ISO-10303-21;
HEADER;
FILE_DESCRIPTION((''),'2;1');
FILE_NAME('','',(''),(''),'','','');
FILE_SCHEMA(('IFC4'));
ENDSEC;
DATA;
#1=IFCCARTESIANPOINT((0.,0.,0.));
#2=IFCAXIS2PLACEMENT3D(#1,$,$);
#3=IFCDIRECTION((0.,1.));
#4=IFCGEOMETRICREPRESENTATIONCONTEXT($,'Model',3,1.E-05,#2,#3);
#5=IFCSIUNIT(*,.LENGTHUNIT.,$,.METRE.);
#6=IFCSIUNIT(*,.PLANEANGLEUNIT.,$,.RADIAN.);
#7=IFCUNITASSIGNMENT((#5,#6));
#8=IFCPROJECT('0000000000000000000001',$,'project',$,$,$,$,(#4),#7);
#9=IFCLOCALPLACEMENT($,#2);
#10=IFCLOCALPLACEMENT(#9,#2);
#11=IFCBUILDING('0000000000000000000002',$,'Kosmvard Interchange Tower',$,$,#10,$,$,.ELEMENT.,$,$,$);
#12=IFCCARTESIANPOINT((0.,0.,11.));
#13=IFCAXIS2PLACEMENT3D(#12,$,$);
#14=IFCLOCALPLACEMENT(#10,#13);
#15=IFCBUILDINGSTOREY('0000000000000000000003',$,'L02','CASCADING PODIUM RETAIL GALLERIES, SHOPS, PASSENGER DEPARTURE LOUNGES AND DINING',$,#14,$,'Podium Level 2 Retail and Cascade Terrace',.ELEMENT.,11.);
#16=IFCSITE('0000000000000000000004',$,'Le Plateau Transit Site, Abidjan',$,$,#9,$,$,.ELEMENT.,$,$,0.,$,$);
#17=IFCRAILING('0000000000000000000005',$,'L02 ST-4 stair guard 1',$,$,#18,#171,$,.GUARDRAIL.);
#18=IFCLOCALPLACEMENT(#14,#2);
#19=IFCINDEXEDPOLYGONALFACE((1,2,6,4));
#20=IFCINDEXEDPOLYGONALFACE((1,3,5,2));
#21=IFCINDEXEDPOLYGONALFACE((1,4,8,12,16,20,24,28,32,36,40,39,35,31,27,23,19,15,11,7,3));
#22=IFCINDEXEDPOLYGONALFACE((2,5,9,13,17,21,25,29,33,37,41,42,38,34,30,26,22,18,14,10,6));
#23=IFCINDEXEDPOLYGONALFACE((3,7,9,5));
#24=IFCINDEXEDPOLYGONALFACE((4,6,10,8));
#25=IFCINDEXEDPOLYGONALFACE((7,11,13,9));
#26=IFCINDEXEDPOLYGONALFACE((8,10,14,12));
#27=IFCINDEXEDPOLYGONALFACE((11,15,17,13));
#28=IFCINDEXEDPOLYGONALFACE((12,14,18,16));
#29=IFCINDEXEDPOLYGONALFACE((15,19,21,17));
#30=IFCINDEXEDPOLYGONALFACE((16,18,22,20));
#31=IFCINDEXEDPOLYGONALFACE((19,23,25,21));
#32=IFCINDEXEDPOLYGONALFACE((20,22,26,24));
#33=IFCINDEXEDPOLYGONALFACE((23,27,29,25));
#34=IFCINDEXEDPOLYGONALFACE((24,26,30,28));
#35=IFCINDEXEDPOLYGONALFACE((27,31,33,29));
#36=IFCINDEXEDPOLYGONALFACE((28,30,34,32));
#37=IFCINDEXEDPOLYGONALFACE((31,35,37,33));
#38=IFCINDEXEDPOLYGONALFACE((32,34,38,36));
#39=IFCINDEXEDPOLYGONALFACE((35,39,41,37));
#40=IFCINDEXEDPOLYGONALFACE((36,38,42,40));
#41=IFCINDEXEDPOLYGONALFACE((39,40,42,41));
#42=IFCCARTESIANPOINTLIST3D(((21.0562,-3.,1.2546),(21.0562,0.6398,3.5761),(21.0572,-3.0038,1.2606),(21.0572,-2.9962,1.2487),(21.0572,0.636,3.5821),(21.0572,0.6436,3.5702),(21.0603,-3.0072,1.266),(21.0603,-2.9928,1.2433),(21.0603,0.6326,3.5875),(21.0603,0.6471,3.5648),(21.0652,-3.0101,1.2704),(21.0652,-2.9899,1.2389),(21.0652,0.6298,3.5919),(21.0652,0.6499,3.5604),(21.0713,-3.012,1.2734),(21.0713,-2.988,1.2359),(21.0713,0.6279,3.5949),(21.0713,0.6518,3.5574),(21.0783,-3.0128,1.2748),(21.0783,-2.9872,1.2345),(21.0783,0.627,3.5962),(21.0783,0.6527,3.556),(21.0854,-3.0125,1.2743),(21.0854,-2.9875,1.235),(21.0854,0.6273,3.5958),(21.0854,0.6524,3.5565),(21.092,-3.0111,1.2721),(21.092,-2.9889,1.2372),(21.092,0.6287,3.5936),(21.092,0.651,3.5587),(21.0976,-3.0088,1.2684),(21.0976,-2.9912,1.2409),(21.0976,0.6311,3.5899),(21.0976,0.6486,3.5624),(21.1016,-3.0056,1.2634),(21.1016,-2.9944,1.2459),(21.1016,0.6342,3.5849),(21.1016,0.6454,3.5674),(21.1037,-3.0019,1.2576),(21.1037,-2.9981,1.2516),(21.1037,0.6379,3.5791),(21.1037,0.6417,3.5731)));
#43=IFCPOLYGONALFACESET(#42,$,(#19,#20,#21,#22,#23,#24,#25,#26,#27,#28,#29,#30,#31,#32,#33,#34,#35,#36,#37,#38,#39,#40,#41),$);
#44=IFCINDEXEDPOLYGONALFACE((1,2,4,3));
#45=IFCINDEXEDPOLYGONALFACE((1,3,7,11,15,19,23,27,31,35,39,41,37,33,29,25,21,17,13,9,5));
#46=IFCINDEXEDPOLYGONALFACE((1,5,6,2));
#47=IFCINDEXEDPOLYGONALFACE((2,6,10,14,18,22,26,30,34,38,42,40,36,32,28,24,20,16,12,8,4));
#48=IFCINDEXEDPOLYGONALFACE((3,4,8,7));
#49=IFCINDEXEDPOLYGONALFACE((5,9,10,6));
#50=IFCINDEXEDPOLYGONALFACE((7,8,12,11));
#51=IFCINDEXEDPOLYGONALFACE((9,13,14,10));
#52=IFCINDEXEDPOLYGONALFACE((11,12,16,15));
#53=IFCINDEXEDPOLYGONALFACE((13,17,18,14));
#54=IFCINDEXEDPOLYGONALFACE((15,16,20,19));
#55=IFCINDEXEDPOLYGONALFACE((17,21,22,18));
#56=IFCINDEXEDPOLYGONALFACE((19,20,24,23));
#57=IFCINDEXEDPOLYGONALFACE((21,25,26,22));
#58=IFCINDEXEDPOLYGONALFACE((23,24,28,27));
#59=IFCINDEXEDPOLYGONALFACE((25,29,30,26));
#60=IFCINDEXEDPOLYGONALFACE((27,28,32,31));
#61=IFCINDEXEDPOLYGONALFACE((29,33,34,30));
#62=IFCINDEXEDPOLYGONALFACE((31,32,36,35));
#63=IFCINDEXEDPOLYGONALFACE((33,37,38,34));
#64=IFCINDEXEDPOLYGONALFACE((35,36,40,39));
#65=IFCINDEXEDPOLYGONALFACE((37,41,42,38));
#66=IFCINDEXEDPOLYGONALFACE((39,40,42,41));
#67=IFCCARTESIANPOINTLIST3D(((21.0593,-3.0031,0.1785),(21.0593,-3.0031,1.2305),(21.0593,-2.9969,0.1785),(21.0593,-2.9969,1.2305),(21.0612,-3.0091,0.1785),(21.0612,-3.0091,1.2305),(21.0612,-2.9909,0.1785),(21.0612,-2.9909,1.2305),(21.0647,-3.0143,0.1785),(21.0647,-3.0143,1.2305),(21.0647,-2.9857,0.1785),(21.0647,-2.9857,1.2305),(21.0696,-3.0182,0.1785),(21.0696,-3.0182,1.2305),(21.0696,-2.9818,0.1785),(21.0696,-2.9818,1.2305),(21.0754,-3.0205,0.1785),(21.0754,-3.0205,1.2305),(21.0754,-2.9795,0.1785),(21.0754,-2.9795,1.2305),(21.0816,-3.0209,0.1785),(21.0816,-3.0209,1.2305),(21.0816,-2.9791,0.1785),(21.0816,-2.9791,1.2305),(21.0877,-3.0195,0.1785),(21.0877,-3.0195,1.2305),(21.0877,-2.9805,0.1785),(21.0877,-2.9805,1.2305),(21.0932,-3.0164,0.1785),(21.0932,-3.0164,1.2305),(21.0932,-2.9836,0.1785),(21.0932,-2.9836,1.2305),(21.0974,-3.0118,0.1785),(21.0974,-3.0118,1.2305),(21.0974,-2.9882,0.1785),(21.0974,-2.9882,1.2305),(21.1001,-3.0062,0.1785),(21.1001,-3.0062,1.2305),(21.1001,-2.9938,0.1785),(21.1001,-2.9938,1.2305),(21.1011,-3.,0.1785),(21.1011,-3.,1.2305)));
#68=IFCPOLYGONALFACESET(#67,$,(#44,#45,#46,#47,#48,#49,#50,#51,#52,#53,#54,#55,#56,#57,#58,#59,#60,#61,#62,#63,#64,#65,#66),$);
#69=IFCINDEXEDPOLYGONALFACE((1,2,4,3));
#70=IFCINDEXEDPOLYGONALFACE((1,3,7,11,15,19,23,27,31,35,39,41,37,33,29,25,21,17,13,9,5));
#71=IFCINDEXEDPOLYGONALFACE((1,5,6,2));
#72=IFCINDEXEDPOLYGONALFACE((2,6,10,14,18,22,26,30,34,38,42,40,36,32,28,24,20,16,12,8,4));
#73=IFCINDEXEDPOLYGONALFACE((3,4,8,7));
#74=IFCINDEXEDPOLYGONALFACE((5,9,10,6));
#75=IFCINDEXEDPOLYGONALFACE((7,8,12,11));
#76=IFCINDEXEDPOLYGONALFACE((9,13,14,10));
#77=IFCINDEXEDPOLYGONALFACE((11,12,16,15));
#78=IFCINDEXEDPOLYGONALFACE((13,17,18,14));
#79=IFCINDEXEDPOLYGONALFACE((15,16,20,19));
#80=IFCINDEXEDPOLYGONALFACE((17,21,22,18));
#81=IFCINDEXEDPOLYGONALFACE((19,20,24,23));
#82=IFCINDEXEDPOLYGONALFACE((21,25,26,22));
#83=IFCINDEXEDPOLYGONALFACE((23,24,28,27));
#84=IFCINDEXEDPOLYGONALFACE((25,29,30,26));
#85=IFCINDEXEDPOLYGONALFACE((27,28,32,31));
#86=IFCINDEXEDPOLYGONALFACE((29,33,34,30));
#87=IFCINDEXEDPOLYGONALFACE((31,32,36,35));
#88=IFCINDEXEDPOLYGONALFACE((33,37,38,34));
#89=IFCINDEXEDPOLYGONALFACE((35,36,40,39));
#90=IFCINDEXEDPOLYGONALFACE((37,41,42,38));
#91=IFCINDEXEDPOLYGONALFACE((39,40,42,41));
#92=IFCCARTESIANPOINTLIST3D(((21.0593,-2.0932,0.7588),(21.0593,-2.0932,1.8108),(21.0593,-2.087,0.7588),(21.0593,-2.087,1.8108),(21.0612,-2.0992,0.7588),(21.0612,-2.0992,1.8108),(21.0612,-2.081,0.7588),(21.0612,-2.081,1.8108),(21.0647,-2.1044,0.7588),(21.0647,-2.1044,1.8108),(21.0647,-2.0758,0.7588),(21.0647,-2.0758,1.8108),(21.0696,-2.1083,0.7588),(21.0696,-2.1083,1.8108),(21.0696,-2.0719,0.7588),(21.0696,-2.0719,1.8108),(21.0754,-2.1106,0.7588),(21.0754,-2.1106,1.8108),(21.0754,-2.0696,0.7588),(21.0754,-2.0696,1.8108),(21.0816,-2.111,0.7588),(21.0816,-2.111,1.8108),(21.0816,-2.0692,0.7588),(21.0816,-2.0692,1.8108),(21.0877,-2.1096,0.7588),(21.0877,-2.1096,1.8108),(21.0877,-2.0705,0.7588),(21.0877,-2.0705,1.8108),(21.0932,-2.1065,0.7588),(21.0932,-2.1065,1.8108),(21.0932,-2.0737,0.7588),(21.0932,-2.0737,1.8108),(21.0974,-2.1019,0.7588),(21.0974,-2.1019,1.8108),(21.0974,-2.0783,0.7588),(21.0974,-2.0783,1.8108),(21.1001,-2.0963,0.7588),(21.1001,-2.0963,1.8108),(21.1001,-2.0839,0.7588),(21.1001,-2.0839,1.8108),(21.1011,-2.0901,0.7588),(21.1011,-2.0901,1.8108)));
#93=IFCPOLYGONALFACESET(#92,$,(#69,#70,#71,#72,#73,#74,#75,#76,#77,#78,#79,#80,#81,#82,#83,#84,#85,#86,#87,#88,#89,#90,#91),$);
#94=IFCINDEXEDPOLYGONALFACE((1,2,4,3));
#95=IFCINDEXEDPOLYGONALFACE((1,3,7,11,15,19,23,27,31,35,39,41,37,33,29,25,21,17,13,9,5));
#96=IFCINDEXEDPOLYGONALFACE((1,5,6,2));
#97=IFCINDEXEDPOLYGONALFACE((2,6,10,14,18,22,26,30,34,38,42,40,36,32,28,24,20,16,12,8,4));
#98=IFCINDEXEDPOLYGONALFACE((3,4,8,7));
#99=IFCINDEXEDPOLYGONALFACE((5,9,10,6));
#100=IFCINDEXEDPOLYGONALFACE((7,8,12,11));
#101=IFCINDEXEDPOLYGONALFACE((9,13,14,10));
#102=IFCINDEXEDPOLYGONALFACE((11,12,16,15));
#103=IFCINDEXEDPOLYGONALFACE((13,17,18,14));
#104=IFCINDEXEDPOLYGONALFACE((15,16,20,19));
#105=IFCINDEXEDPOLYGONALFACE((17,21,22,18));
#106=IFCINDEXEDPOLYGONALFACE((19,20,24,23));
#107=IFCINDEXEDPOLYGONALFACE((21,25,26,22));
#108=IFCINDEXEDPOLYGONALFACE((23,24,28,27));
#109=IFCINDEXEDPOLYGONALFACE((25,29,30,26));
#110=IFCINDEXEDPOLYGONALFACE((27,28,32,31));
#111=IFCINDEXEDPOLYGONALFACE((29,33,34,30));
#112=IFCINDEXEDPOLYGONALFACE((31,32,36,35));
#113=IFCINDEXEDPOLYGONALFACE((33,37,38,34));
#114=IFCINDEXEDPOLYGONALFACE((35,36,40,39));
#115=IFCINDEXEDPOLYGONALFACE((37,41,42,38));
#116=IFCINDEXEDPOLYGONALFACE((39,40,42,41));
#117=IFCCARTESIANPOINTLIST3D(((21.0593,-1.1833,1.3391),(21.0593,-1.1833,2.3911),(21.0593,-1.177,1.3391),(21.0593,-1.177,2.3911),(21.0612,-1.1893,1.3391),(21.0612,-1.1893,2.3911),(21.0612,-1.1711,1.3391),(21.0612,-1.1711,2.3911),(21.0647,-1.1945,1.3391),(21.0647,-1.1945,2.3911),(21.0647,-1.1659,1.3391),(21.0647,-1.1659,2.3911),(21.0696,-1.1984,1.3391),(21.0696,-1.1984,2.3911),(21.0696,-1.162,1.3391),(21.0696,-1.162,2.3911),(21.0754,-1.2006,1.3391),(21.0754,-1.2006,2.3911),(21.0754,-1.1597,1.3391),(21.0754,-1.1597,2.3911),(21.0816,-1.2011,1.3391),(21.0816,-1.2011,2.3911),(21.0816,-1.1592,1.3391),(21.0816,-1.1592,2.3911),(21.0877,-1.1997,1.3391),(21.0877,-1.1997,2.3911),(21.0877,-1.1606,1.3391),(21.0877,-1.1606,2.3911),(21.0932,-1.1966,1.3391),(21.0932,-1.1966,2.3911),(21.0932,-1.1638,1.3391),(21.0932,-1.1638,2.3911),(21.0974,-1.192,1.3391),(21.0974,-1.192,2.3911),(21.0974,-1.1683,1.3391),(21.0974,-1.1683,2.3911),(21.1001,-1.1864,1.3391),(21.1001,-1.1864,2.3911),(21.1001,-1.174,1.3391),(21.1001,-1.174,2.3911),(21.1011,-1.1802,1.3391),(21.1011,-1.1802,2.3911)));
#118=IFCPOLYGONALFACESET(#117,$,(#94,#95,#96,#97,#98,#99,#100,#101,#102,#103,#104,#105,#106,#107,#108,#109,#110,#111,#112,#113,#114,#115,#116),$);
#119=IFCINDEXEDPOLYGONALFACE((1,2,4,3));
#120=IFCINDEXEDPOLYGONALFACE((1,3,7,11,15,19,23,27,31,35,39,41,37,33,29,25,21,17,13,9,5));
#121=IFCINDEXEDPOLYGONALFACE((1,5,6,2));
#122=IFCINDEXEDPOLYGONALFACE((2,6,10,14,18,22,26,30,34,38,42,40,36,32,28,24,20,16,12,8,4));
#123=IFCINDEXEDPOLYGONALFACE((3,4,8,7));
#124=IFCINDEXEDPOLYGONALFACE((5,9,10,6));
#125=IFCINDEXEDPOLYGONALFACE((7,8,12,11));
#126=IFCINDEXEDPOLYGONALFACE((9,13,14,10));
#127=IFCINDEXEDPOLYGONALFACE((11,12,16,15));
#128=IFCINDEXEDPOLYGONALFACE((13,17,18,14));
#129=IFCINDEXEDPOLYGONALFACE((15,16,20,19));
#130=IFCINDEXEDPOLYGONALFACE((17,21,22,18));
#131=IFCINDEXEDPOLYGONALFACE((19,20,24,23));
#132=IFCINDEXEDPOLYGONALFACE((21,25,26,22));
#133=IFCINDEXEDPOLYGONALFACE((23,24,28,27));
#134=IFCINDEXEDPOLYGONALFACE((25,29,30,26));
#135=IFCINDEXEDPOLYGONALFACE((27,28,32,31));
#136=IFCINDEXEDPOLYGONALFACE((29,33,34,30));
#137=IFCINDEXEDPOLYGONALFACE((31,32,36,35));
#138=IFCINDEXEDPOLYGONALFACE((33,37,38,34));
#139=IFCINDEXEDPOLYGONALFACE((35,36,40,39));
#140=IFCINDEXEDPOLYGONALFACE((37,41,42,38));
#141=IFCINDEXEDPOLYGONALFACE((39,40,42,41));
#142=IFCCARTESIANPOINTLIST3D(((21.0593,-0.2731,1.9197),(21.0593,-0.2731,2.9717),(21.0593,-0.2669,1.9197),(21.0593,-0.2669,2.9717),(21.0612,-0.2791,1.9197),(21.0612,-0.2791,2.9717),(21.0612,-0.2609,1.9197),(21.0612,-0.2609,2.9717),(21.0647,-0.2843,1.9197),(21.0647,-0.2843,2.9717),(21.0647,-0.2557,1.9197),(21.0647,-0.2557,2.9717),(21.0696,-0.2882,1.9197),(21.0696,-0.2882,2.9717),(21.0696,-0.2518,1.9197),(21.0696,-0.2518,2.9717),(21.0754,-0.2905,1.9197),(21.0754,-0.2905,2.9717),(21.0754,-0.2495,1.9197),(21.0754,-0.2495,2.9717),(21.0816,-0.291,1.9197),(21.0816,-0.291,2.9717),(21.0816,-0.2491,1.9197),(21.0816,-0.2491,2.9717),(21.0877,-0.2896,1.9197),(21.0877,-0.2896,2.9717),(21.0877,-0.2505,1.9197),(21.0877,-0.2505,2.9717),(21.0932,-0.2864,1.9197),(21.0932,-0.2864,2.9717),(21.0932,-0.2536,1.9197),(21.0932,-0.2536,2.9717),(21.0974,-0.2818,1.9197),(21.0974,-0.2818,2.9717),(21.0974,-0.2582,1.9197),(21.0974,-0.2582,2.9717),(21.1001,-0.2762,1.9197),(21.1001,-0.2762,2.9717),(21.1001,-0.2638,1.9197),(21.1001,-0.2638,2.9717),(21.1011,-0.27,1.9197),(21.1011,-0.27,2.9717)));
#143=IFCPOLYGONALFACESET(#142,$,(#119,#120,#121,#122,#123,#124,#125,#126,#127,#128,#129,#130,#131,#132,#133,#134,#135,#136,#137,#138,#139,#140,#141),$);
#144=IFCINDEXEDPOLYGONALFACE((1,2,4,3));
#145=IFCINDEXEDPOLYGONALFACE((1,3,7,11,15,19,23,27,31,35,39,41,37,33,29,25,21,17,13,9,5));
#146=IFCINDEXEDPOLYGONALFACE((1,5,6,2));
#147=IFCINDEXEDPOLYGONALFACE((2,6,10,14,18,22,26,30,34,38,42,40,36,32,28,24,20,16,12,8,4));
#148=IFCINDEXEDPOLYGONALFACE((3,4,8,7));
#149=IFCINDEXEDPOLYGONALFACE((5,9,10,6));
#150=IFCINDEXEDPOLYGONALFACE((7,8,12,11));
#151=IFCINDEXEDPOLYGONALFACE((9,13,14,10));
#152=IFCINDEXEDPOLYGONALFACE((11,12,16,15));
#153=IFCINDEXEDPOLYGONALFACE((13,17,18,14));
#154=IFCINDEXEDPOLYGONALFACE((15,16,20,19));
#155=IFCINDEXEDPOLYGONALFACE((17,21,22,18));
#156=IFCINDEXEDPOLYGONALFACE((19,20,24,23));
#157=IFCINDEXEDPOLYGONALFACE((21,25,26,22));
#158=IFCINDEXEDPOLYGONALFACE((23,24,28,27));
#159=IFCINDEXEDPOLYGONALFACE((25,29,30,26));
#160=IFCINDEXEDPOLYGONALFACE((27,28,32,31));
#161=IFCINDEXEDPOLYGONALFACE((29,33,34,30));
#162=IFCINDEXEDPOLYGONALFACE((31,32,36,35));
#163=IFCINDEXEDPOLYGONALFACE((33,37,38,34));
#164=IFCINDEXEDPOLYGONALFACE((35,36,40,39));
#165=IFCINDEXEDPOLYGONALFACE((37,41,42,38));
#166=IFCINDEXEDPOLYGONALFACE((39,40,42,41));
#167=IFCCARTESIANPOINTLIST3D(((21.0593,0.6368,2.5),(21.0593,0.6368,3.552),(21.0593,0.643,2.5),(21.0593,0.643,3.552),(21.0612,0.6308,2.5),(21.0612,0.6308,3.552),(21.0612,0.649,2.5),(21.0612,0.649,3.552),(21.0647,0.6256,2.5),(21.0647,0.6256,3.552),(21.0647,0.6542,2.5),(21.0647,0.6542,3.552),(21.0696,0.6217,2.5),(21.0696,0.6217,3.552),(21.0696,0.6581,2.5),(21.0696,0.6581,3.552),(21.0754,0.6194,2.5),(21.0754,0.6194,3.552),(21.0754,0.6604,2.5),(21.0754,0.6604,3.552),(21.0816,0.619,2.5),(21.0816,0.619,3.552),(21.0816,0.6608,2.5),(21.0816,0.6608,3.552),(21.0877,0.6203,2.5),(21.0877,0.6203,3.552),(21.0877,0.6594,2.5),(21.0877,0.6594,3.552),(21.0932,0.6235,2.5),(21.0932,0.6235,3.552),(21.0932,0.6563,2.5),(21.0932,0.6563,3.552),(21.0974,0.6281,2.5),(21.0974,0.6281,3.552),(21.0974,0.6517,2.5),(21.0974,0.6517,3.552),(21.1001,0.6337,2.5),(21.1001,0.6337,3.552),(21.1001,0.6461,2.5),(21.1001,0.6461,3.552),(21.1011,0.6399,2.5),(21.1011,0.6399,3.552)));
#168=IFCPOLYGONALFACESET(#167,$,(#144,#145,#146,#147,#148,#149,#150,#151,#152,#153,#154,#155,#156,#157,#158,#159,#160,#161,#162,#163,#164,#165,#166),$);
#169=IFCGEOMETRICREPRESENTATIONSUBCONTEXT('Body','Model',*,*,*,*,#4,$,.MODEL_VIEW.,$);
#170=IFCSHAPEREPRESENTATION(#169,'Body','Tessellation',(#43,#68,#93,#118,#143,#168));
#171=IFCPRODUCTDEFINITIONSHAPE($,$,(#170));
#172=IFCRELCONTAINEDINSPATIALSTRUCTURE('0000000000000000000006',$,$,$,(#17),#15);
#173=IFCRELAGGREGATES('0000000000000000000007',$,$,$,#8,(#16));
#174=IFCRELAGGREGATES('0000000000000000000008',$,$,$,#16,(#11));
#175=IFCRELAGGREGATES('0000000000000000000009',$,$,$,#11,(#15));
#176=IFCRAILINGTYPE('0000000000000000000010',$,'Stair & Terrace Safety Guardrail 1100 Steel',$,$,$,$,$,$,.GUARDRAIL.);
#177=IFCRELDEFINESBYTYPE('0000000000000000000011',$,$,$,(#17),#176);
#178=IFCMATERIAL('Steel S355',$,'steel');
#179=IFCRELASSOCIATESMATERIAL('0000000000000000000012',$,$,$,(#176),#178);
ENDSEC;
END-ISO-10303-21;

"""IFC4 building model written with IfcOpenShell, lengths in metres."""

from ifc_helpers import new_model, si_unit, direction, frame, origin, origin_2d, place, context, subcontext, project, spatial, circle, extrude, source, transform, mapped, material, type_object, element, save


model = new_model("IFC4")

# Units and contexts
model_context = context("Model", 3, precision=1e-05, world=origin(), true_north=direction((0.0, 1.0)))
body_context = subcontext(model_context, "Body", "Model", "MODEL_VIEW")
ifc_project = project(units=[si_unit("LENGTHUNIT", "METRE"), si_unit("PLANEANGLEUNIT", "RADIAN")], contexts=[model_context])

# Site, building, storey
site_placement = place(None, origin())
site = spatial("IfcSite", under=ifc_project, at=site_placement, Name="Le Plateau Transit Site, Abidjan", CompositionType="ELEMENT", RefElevation=0.0)
building_placement = place(site_placement, origin())
building = spatial("IfcBuilding", under=site, at=building_placement, Name="Kosmvard Interchange Tower", CompositionType="ELEMENT")
storey_placement = place(building_placement, frame((0.0, 0.0, 11.0)))
storey = spatial("IfcBuildingStorey", under=building, at=storey_placement, Name="L02", Description="CASCADING PODIUM RETAIL GALLERIES, SHOPS, PASSENGER DEPARTURE LOUNGES AND DINING", LongName="Podium Level 2 Retail and Cascade Terrace", CompositionType="ELEMENT", Elevation=11.0)

# Shared definitions
ifc_material_1 = material(Name="Steel S355", Category="steel")

# Railing
railing_type_1 = type_object("IfcRailingType", Name="Stair & Terrace Safety Guardrail 1100 Steel", PredefinedType="GUARDRAIL", material=ifc_material_1)
shared_shape_1 = source(origin(), body_context, "Body", "SweptSolid", [
    extrude(circle(Radius=0.0239, at=origin_2d()), frame((0.0, 0.0, 1.0762), z_axis=(0.0, 0.843112, 0.537739), x_axis=(-1.0, 0.0, 0.0)), (0.0, 0.0, 1.0), 4.3171),
    extrude(circle(Radius=0.021, at=origin_2d()), origin(), (0.0, 0.0, 1.0), 1.052),
    extrude(circle(Radius=0.021, at=origin_2d()), frame((0.0, 0.9099, 0.5803)), (0.0, 0.0, 1.0), 1.052),
    extrude(circle(Radius=0.021, at=origin_2d()), frame((0.0, 1.8198, 1.1606)), (0.0, 0.0, 1.0), 1.052),
    extrude(circle(Radius=0.021, at=origin_2d()), frame((0.0, 2.73, 1.7412)), (0.0, 0.0, 1.0), 1.052),
    extrude(circle(Radius=0.021, at=origin_2d()), frame((0.0, 3.6399, 2.3215)), (0.0, 0.0, 1.0), 1.052),
])
railing_1_placement = place(storey_placement, frame((21.0801, -3.0, 0.1785)))
element("IfcRailing", 1, at=railing_1_placement, inside=storey, type_object=railing_type_1, Name="L02 ST-4 stair guard 1", PredefinedType="GUARDRAIL", context=body_context, shape_type="MappedRepresentation", body=[
    mapped(shared_shape_1, transform((0.0, 0.0, 0.0), scale=1.0)),
])

save(model, "model.ifc")
